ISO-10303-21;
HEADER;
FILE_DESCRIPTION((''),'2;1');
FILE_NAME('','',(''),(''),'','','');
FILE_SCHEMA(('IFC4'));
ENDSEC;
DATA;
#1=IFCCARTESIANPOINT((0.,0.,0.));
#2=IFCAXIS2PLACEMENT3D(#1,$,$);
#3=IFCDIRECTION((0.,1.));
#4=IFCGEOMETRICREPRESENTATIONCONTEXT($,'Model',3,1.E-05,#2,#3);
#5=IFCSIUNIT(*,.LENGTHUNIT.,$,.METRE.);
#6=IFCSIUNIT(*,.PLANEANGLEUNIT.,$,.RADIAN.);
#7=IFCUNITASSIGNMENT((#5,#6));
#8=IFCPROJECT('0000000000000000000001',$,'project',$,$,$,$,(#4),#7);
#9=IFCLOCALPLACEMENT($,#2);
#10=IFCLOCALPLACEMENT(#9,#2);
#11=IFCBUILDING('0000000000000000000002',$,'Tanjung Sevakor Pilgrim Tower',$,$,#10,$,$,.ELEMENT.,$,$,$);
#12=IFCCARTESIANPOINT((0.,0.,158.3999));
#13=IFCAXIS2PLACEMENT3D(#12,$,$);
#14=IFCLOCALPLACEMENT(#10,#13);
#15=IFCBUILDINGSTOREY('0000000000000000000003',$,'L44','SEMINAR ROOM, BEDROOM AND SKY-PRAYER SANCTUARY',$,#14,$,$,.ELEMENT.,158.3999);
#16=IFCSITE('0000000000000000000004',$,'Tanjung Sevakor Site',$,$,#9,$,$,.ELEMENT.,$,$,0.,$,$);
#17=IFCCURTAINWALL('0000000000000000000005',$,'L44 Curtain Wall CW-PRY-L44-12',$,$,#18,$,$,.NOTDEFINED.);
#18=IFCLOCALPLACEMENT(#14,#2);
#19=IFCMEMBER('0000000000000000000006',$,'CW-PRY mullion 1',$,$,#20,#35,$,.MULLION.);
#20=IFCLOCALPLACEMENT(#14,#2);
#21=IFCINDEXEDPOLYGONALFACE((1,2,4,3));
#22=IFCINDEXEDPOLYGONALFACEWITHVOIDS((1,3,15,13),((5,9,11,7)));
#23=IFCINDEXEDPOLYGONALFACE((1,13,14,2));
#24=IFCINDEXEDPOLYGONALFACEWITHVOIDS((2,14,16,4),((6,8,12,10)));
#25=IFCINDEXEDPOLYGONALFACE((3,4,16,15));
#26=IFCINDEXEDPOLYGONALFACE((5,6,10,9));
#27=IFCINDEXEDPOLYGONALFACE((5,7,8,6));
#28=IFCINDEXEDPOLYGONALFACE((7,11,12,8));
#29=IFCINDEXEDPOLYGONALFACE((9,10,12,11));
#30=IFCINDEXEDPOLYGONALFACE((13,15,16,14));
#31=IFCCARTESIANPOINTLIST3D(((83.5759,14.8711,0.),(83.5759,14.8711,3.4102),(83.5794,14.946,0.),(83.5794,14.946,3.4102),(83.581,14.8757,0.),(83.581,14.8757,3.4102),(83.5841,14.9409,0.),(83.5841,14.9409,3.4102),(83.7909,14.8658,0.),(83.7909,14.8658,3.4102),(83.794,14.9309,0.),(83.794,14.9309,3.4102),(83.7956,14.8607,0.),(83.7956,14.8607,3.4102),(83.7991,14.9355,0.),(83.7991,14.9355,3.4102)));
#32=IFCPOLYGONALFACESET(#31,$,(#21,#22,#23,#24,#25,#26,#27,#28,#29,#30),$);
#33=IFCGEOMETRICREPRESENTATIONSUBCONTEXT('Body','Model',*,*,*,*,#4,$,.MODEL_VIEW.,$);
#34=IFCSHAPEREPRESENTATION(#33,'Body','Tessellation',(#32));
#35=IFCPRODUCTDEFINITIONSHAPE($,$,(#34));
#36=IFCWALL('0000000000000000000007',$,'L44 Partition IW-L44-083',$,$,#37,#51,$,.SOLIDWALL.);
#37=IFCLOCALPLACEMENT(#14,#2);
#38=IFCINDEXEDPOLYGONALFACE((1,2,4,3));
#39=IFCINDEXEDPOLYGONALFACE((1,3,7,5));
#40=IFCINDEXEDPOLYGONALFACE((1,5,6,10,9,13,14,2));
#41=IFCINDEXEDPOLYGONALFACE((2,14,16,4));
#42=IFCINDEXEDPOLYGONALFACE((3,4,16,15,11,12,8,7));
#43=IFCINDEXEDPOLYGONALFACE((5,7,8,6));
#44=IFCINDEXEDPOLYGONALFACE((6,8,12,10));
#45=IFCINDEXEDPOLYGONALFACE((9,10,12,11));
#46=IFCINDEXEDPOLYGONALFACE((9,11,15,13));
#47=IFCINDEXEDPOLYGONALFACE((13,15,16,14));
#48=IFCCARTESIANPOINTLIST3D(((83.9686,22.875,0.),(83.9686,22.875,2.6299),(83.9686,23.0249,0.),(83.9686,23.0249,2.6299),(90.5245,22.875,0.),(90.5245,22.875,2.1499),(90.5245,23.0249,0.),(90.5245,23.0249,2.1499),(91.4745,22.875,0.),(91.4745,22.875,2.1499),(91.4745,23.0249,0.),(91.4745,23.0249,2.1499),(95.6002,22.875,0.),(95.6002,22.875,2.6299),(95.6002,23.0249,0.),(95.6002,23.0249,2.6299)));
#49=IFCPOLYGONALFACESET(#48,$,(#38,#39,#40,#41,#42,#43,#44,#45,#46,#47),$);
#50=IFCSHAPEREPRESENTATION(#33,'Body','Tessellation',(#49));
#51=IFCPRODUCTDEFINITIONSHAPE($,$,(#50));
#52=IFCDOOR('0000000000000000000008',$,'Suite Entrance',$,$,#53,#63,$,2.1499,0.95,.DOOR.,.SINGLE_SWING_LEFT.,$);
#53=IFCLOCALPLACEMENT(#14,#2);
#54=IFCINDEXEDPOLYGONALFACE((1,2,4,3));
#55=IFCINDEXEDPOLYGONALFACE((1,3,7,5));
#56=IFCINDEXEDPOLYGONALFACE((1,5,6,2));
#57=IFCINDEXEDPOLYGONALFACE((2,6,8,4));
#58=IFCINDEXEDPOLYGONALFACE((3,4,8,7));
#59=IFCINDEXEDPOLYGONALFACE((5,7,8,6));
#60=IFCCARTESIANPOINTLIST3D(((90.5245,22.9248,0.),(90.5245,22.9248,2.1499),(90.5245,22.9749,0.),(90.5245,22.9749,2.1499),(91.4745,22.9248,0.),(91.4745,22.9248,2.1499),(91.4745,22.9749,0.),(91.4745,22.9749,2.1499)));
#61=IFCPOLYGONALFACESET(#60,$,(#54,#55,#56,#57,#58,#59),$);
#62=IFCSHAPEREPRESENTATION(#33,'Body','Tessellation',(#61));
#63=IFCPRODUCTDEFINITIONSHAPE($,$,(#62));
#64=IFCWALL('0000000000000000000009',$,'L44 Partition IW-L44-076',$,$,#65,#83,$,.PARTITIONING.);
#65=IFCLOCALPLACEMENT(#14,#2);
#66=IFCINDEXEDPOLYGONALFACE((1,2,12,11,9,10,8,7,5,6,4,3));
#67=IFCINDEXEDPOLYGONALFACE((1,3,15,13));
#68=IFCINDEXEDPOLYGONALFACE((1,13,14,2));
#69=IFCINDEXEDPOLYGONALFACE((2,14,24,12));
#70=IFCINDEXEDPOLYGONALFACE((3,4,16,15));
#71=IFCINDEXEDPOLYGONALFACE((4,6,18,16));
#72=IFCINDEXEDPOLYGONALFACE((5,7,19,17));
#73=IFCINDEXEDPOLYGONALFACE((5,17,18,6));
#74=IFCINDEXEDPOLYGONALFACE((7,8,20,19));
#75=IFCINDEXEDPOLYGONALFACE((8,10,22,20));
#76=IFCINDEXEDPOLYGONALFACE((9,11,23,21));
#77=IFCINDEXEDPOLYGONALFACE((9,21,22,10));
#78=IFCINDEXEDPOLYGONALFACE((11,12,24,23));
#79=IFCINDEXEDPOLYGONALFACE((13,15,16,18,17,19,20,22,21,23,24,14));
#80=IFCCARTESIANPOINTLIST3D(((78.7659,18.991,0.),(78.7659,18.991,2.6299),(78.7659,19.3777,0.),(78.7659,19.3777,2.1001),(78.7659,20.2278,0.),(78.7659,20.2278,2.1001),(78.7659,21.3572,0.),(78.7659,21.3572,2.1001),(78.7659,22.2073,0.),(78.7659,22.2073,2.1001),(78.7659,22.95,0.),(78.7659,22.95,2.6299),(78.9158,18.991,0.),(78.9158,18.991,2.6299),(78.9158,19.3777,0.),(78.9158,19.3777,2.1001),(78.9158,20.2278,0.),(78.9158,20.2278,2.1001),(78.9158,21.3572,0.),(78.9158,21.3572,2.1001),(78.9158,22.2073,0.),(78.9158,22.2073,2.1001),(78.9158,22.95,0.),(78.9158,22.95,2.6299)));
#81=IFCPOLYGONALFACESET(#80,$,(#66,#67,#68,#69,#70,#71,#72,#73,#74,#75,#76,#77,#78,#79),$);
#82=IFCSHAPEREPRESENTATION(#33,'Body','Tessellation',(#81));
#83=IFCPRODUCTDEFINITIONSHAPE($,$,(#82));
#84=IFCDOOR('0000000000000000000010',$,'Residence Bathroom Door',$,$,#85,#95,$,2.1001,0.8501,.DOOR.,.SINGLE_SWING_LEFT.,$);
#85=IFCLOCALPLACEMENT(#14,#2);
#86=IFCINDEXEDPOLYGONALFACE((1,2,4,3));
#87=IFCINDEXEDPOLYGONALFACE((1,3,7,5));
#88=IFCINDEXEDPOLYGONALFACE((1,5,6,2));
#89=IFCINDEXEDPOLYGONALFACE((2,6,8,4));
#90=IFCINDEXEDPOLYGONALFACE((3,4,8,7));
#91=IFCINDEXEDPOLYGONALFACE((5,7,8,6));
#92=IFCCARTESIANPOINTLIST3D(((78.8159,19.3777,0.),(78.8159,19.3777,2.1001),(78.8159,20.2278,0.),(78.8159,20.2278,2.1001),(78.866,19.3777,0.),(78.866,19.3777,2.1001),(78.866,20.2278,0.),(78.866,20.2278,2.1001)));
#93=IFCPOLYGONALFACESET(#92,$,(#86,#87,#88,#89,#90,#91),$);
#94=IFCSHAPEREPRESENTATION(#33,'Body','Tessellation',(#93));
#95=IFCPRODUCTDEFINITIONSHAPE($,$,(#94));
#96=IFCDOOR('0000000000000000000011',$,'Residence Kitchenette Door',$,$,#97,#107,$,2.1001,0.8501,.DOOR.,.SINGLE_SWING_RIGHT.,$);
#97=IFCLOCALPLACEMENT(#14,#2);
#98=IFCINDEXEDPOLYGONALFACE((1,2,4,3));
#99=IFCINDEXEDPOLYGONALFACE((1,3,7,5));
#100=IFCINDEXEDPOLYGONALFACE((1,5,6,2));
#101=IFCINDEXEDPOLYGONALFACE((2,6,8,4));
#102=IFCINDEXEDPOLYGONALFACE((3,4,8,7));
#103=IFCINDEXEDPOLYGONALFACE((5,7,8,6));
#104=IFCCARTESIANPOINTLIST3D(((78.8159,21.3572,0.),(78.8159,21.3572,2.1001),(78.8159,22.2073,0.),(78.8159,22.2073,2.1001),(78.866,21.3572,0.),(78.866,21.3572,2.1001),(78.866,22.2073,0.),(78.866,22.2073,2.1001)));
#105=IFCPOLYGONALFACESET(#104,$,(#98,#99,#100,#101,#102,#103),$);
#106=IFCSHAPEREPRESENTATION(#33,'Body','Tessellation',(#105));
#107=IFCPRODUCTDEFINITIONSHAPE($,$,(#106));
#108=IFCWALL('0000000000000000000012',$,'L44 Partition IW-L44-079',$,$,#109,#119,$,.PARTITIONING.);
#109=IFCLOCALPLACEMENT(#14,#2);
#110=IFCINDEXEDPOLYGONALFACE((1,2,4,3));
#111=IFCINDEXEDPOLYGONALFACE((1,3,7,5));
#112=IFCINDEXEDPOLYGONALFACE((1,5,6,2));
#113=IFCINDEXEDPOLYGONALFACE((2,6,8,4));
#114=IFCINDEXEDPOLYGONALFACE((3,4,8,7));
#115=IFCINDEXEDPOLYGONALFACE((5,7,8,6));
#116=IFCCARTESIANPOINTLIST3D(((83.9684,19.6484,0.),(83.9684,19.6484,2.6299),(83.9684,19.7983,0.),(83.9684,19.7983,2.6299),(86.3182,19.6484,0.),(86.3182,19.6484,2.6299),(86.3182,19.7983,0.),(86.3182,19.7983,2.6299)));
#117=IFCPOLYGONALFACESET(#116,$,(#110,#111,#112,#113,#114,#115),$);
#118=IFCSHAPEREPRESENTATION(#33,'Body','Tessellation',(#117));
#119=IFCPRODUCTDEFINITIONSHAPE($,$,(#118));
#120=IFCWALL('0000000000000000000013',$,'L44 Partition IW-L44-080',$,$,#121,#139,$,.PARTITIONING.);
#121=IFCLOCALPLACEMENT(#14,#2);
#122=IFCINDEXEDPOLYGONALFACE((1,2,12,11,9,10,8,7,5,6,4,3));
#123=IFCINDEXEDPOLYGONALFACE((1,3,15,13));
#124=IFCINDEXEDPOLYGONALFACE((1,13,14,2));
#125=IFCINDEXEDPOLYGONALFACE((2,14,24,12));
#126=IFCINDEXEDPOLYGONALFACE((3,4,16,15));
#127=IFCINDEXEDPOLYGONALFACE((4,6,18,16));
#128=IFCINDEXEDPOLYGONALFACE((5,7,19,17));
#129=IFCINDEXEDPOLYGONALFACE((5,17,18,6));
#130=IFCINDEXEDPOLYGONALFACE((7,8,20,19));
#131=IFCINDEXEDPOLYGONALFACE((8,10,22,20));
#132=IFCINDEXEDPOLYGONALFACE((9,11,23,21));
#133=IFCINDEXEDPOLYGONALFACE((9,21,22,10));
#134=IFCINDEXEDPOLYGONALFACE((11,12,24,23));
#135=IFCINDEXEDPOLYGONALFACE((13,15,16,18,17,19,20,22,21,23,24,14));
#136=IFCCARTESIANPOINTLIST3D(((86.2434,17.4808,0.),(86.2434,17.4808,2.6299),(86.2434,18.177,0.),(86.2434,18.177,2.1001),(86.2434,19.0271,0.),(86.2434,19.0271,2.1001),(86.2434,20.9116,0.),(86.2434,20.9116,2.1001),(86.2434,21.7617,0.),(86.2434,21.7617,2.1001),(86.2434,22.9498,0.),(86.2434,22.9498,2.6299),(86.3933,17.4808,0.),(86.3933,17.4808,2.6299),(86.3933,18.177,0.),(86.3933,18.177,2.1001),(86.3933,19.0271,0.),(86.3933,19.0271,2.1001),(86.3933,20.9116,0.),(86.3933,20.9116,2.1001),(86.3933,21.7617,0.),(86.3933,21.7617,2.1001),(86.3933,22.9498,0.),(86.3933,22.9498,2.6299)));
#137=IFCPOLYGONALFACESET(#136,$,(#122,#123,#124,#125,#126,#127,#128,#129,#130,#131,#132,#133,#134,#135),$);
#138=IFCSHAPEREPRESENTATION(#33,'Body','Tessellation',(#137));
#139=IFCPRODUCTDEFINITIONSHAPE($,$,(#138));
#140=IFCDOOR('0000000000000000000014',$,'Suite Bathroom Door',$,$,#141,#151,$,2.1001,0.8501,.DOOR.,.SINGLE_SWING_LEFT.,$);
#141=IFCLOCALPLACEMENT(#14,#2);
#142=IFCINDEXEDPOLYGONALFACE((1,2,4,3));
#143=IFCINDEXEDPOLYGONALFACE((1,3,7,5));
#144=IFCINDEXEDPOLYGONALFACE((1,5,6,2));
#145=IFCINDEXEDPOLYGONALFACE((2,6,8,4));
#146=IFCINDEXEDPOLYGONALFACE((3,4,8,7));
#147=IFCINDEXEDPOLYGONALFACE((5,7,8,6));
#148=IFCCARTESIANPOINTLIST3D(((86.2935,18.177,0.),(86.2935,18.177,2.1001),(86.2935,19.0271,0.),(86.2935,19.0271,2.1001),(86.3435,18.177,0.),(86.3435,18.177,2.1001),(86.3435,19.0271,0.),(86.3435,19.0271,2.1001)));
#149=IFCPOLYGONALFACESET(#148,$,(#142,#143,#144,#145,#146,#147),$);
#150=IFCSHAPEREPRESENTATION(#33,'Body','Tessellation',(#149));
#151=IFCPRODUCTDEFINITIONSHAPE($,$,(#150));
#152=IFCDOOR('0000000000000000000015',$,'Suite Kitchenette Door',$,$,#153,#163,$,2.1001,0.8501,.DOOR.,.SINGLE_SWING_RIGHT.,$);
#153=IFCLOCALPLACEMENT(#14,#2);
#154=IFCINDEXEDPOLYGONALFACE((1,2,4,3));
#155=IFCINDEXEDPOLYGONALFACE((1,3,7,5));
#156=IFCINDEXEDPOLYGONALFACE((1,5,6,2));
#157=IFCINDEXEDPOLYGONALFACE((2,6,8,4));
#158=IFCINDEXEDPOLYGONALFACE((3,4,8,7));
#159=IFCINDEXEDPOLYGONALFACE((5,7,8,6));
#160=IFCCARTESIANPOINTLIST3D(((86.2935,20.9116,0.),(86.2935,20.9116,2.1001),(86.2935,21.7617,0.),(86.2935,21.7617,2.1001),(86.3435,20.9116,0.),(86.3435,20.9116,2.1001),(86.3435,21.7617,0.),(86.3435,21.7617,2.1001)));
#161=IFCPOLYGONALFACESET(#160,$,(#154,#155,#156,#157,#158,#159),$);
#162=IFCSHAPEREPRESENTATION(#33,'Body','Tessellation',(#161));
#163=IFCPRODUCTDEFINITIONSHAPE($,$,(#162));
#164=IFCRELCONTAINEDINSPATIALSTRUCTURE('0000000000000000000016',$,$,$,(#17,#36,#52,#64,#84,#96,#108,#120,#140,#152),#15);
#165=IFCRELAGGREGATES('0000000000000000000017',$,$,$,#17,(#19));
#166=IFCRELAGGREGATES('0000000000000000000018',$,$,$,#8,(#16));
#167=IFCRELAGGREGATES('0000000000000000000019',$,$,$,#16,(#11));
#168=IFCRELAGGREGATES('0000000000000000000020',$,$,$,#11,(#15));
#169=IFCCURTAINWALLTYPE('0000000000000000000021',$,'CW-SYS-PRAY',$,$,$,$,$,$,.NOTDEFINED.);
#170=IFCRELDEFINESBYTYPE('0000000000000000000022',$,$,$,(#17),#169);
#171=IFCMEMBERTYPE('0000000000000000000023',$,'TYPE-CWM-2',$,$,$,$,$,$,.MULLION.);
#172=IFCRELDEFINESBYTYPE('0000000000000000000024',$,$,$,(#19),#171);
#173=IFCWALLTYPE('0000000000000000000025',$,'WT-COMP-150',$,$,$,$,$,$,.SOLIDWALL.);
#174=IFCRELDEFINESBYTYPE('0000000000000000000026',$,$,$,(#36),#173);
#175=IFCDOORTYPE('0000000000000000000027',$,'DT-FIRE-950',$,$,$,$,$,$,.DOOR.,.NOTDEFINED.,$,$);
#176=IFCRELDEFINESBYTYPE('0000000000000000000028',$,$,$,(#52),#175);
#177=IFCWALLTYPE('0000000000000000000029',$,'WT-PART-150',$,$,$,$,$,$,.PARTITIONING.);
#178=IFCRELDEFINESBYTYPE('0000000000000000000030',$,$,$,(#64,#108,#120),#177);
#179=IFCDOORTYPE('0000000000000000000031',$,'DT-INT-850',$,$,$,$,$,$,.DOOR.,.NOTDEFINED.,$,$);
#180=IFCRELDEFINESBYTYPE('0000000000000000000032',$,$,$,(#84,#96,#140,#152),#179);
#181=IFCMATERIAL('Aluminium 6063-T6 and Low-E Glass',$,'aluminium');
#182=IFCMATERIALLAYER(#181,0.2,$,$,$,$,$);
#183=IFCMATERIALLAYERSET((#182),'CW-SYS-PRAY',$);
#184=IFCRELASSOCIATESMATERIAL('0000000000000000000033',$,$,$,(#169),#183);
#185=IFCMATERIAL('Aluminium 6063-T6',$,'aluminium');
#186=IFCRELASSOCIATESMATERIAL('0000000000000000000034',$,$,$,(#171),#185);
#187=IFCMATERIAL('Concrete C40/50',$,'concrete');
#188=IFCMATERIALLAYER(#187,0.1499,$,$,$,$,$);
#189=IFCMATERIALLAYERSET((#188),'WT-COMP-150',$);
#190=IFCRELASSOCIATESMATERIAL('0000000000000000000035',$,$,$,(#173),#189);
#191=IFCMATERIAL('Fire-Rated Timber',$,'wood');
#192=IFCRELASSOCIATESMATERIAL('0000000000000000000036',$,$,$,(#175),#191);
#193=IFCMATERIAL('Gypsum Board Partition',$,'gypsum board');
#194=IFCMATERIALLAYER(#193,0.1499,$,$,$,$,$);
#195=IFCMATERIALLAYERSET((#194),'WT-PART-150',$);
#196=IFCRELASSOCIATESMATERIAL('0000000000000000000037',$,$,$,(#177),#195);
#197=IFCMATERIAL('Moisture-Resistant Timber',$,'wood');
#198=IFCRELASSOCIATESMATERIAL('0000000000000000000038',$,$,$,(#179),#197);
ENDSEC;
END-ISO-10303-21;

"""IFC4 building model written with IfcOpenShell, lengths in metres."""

from ifc_helpers import new_model, si_unit, direction, frame, frame_2d, origin, origin_2d, place, context, subcontext, project, spatial, rectangle, hollow_rectangle, extrude, material, layer, layer_set, material_profile, profile_set, type_object, element, fill, aggregate, save


model = new_model("IFC4")

# Units and contexts
model_context = context("Model", 3, precision=1e-05, world=origin(), true_north=direction((0.0, 1.0)))
body_context = subcontext(model_context, "Body", "Model", "MODEL_VIEW")
ifc_project = project(units=[si_unit("LENGTHUNIT", "METRE"), si_unit("PLANEANGLEUNIT", "RADIAN")], contexts=[model_context])

# Site, building, storey
site_placement = place(None, origin())
site = spatial("IfcSite", under=ifc_project, at=site_placement, Name="Tanjung Sevakor Site", CompositionType="ELEMENT", RefElevation=0.0)
building_placement = place(site_placement, origin())
building = spatial("IfcBuilding", under=site, at=building_placement, Name="Tanjung Sevakor Pilgrim Tower", CompositionType="ELEMENT")
storey_placement = place(building_placement, frame((0.0, 0.0, 158.3999)))
storey = spatial("IfcBuildingStorey", under=building, at=storey_placement, Name="L44", Description="SEMINAR ROOM, BEDROOM AND SKY-PRAYER SANCTUARY", CompositionType="ELEMENT", Elevation=158.3999)

# Curtain wall, member
ifc_material_1 = material(Name="Aluminium 6063-T6 and Low-E Glass", Category="aluminium")
ifc_layer_1 = layer(ifc_material_1, 0.2)
ifc_layer_set_1 = layer_set([ifc_layer_1], Name="CW-SYS-PRAY")
curtain_wall_type = type_object("IfcCurtainWallType", Name="CW-SYS-PRAY", PredefinedType="NOTDEFINED", material=ifc_layer_set_1)
curtain_wall_placement = place(storey_placement, origin())
curtain_wall = element("IfcCurtainWall", 1, at=curtain_wall_placement, inside=storey, type_object=curtain_wall_type, Name="L44 Curtain Wall CW-PRY-L44-12", PredefinedType="NOTDEFINED")
ifc_material_2 = material(Name="Aluminium 6063-T6", Category="aluminium")
ifc_material_profile = material_profile(ifc_material_2, hollow_rectangle(XDim=0.075, YDim=0.22, WallThickness=0.0049, at=origin_2d()))
ifc_profile_set = profile_set([ifc_material_profile], Name="Aluminium 6063-T6")
member_type = type_object("IfcMemberType", Name="TYPE-CWM-2", PredefinedType="MULLION", material=ifc_profile_set)
member_placement = place(storey_placement, frame((83.6875, 14.9033, 0.0), z_axis=(0.0, 0.0, 1.0), x_axis=(0.047338, 0.998879, 0.0)))
member = element("IfcMember", 2, at=member_placement, type_object=member_type, Name="CW-PRY mullion 1", PredefinedType="MULLION", context=body_context, shape_type="SweptSolid", body=[
    extrude(hollow_rectangle(XDim=0.075, YDim=0.22, WallThickness=0.0049, at=origin_2d()), origin(), (0.0, 0.0, 1.0), 3.4102),
])
aggregate(curtain_wall, [member])

# Wall, opening, door
ifc_material_3 = material(Name="Concrete C40/50", Category="concrete")
ifc_layer_2 = layer(ifc_material_3, 0.1499)
ifc_layer_set_2 = layer_set([ifc_layer_2], Name="WT-COMP-150")
wall_type_1 = type_object("IfcWallType", Name="WT-COMP-150", PredefinedType="SOLIDWALL", material=ifc_layer_set_2)
wall_1_placement = place(storey_placement, frame((83.9685, 22.95, 0.0), z_axis=(0.0, 0.0, 1.0), x_axis=(1.0, 0.0, 0.0)))
wall_1 = element("IfcWall", 3, at=wall_1_placement, inside=storey, type_object=wall_type_1, Name="L44 Partition IW-L44-083", PredefinedType="SOLIDWALL", context=body_context, shape_type="SweptSolid", body=[
    extrude(rectangle(XDim=11.6316, YDim=0.1499, at=frame_2d((5.8159, 0.0))), origin(), (0.0, 0.0, 1.0), 2.6299),
])
opening_1_placement = place(wall_1_placement, frame((6.5559, 0.0, 0.0)))
opening_1 = element("IfcOpeningElement", 4, at=opening_1_placement, cuts=wall_1, PredefinedType="OPENING", context=body_context, shape_type="SweptSolid", body=[
    extrude(rectangle(XDim=0.95, YDim=2.1499, at=frame_2d((0.4751, 1.075))), frame((0.0, 0.085, 0.0), z_axis=(0.0, -1.0, 0.0), x_axis=(1.0, 0.0, 0.0)), (0.0, 0.0, 1.0), 0.1699),
])
ifc_material_4 = material(Name="Fire-Rated Timber", Category="wood")
door_type_1 = type_object("IfcDoorType", Name="DT-FIRE-950", OperationType="NOTDEFINED", PredefinedType="DOOR", material=ifc_material_4)
door_1_placement = place(opening_1_placement, origin())
door_1 = element("IfcDoor", 5, at=door_1_placement, inside=storey, type_object=door_type_1, Name="Suite Entrance", OperationType="SINGLE_SWING_LEFT", OverallHeight=2.1499, OverallWidth=0.95, PredefinedType="DOOR", context=body_context, shape_type="SweptSolid", body=[
    extrude(rectangle(XDim=0.95, YDim=2.1499, at=frame_2d((0.4751, 1.075))), frame((0.0, 0.0249, 0.0), z_axis=(0.0, -1.0, 0.0), x_axis=(1.0, 0.0, 0.0)), (0.0, 0.0, 1.0), 0.05),
])
fill(opening_1, door_1)

# Wall, openings, doors
ifc_material_5 = material(Name="Gypsum Board Partition", Category="gypsum board")
ifc_layer_3 = layer(ifc_material_5, 0.1499)
ifc_layer_set_3 = layer_set([ifc_layer_3], Name="WT-PART-150")
wall_type_2 = type_object("IfcWallType", Name="WT-PART-150", PredefinedType="PARTITIONING", material=ifc_layer_set_3)
wall_2_placement = place(storey_placement, frame((78.8408, 18.991, 0.0), z_axis=(0.0, 0.0, 1.0), x_axis=(0.0, 1.0, 0.0)))
wall_2 = element("IfcWall", 6, at=wall_2_placement, inside=storey, type_object=wall_type_2, Name="L44 Partition IW-L44-076", PredefinedType="PARTITIONING", context=body_context, shape_type="SweptSolid", body=[
    extrude(rectangle(XDim=3.959, YDim=0.1499, at=frame_2d((1.9795, 0.0))), origin(), (0.0, 0.0, 1.0), 2.6299),
])
opening_2_placement = place(wall_2_placement, frame((0.3867, 0.0, 0.0)))
opening_2 = element("IfcOpeningElement", 7, at=opening_2_placement, cuts=wall_2, PredefinedType="OPENING", context=body_context, shape_type="SweptSolid", body=[
    extrude(rectangle(XDim=0.8501, YDim=2.1001, at=frame_2d((0.425, 1.05))), frame((0.0, 0.085, 0.0), z_axis=(0.0, -1.0, 0.0), x_axis=(1.0, 0.0, 0.0)), (0.0, 0.0, 1.0), 0.1699),
])
opening_3_placement = place(wall_2_placement, frame((2.3662, 0.0, 0.0)))
opening_3 = element("IfcOpeningElement", 8, at=opening_3_placement, cuts=wall_2, PredefinedType="OPENING", context=body_context, shape_type="SweptSolid", body=[
    extrude(rectangle(XDim=0.8501, YDim=2.1001, at=frame_2d((0.425, 1.05))), frame((0.0, 0.085, 0.0), z_axis=(0.0, -1.0, 0.0), x_axis=(1.0, 0.0, 0.0)), (0.0, 0.0, 1.0), 0.1699),
])
ifc_material_6 = material(Name="Moisture-Resistant Timber", Category="wood")
door_type_2 = type_object("IfcDoorType", Name="DT-INT-850", OperationType="NOTDEFINED", PredefinedType="DOOR", material=ifc_material_6)
door_2_placement = place(opening_2_placement, origin())
door_2 = element("IfcDoor", 9, at=door_2_placement, inside=storey, type_object=door_type_2, Name="Residence Bathroom Door", OperationType="SINGLE_SWING_LEFT", OverallHeight=2.1001, OverallWidth=0.8501, PredefinedType="DOOR", context=body_context, shape_type="SweptSolid", body=[
    extrude(rectangle(XDim=0.8501, YDim=2.1001, at=frame_2d((0.425, 1.05))), frame((0.0, 0.0249, 0.0), z_axis=(0.0, -1.0, 0.0), x_axis=(1.0, 0.0, 0.0)), (0.0, 0.0, 1.0), 0.05),
])
fill(opening_2, door_2)
door_3_placement = place(opening_3_placement, origin())
door_3 = element("IfcDoor", 10, at=door_3_placement, inside=storey, type_object=door_type_2, Name="Residence Kitchenette Door", OperationType="SINGLE_SWING_RIGHT", OverallHeight=2.1001, OverallWidth=0.8501, PredefinedType="DOOR", context=body_context, shape_type="SweptSolid", body=[
    extrude(rectangle(XDim=0.8501, YDim=2.1001, at=frame_2d((0.425, 1.05))), frame((0.0, 0.0249, 0.0), z_axis=(0.0, -1.0, 0.0), x_axis=(1.0, 0.0, 0.0)), (0.0, 0.0, 1.0), 0.05),
])
fill(opening_3, door_3)

# Wall
wall_3_placement = place(storey_placement, frame((83.9685, 19.7234, 0.0), z_axis=(0.0, 0.0, 1.0), x_axis=(1.0, 0.0, 0.0)))
element("IfcWall", 11, at=wall_3_placement, inside=storey, type_object=wall_type_2, Name="L44 Partition IW-L44-079", PredefinedType="PARTITIONING", context=body_context, shape_type="SweptSolid", body=[
    extrude(rectangle(XDim=2.3499, YDim=0.1499, at=frame_2d((1.1748, 0.0))), origin(), (0.0, 0.0, 1.0), 2.6299),
])

# Wall, openings, doors
wall_4_placement = place(storey_placement, frame((86.3184, 17.481, 0.0), z_axis=(0.0, 0.0, 1.0), x_axis=(0.0, 1.0, 0.0)))
wall_4 = element("IfcWall", 12, at=wall_4_placement, inside=storey, type_object=wall_type_2, Name="L44 Partition IW-L44-080", PredefinedType="PARTITIONING", context=body_context, shape_type="SweptSolid", body=[
    extrude(rectangle(XDim=5.469, YDim=0.1499, at=frame_2d((2.7344, 0.0))), origin(), (0.0, 0.0, 1.0), 2.6299),
])
opening_4_placement = place(wall_4_placement, frame((0.696, 0.0, 0.0)))
opening_4 = element("IfcOpeningElement", 13, at=opening_4_placement, cuts=wall_4, PredefinedType="OPENING", context=body_context, shape_type="SweptSolid", body=[
    extrude(rectangle(XDim=0.8501, YDim=2.1001, at=frame_2d((0.425, 1.05))), frame((0.0, 0.085, 0.0), z_axis=(0.0, -1.0, 0.0), x_axis=(1.0, 0.0, 0.0)), (0.0, 0.0, 1.0), 0.1699),
])
opening_5_placement = place(wall_4_placement, frame((3.4307, 0.0, 0.0)))
opening_5 = element("IfcOpeningElement", 14, at=opening_5_placement, cuts=wall_4, PredefinedType="OPENING", context=body_context, shape_type="SweptSolid", body=[
    extrude(rectangle(XDim=0.8501, YDim=2.1001, at=frame_2d((0.425, 1.05))), frame((0.0, 0.085, 0.0), z_axis=(0.0, -1.0, 0.0), x_axis=(1.0, 0.0, 0.0)), (0.0, 0.0, 1.0), 0.1699),
])
door_4_placement = place(opening_4_placement, origin())
door_4 = element("IfcDoor", 15, at=door_4_placement, inside=storey, type_object=door_type_2, Name="Suite Bathroom Door", OperationType="SINGLE_SWING_LEFT", OverallHeight=2.1001, OverallWidth=0.8501, PredefinedType="DOOR", context=body_context, shape_type="SweptSolid", body=[
    extrude(rectangle(XDim=0.8501, YDim=2.1001, at=frame_2d((0.425, 1.05))), frame((0.0, 0.0249, 0.0), z_axis=(0.0, -1.0, 0.0), x_axis=(1.0, 0.0, 0.0)), (0.0, 0.0, 1.0), 0.05),
])
fill(opening_4, door_4)
door_5_placement = place(opening_5_placement, origin())
door_5 = element("IfcDoor", 16, at=door_5_placement, inside=storey, type_object=door_type_2, Name="Suite Kitchenette Door", OperationType="SINGLE_SWING_RIGHT", OverallHeight=2.1001, OverallWidth=0.8501, PredefinedType="DOOR", context=body_context, shape_type="SweptSolid", body=[
    extrude(rectangle(XDim=0.8501, YDim=2.1001, at=frame_2d((0.425, 1.05))), frame((0.0, 0.0249, 0.0), z_axis=(0.0, -1.0, 0.0), x_axis=(1.0, 0.0, 0.0)), (0.0, 0.0, 1.0), 0.05),
])
fill(opening_5, door_5)

save(model, "model.ifc")
